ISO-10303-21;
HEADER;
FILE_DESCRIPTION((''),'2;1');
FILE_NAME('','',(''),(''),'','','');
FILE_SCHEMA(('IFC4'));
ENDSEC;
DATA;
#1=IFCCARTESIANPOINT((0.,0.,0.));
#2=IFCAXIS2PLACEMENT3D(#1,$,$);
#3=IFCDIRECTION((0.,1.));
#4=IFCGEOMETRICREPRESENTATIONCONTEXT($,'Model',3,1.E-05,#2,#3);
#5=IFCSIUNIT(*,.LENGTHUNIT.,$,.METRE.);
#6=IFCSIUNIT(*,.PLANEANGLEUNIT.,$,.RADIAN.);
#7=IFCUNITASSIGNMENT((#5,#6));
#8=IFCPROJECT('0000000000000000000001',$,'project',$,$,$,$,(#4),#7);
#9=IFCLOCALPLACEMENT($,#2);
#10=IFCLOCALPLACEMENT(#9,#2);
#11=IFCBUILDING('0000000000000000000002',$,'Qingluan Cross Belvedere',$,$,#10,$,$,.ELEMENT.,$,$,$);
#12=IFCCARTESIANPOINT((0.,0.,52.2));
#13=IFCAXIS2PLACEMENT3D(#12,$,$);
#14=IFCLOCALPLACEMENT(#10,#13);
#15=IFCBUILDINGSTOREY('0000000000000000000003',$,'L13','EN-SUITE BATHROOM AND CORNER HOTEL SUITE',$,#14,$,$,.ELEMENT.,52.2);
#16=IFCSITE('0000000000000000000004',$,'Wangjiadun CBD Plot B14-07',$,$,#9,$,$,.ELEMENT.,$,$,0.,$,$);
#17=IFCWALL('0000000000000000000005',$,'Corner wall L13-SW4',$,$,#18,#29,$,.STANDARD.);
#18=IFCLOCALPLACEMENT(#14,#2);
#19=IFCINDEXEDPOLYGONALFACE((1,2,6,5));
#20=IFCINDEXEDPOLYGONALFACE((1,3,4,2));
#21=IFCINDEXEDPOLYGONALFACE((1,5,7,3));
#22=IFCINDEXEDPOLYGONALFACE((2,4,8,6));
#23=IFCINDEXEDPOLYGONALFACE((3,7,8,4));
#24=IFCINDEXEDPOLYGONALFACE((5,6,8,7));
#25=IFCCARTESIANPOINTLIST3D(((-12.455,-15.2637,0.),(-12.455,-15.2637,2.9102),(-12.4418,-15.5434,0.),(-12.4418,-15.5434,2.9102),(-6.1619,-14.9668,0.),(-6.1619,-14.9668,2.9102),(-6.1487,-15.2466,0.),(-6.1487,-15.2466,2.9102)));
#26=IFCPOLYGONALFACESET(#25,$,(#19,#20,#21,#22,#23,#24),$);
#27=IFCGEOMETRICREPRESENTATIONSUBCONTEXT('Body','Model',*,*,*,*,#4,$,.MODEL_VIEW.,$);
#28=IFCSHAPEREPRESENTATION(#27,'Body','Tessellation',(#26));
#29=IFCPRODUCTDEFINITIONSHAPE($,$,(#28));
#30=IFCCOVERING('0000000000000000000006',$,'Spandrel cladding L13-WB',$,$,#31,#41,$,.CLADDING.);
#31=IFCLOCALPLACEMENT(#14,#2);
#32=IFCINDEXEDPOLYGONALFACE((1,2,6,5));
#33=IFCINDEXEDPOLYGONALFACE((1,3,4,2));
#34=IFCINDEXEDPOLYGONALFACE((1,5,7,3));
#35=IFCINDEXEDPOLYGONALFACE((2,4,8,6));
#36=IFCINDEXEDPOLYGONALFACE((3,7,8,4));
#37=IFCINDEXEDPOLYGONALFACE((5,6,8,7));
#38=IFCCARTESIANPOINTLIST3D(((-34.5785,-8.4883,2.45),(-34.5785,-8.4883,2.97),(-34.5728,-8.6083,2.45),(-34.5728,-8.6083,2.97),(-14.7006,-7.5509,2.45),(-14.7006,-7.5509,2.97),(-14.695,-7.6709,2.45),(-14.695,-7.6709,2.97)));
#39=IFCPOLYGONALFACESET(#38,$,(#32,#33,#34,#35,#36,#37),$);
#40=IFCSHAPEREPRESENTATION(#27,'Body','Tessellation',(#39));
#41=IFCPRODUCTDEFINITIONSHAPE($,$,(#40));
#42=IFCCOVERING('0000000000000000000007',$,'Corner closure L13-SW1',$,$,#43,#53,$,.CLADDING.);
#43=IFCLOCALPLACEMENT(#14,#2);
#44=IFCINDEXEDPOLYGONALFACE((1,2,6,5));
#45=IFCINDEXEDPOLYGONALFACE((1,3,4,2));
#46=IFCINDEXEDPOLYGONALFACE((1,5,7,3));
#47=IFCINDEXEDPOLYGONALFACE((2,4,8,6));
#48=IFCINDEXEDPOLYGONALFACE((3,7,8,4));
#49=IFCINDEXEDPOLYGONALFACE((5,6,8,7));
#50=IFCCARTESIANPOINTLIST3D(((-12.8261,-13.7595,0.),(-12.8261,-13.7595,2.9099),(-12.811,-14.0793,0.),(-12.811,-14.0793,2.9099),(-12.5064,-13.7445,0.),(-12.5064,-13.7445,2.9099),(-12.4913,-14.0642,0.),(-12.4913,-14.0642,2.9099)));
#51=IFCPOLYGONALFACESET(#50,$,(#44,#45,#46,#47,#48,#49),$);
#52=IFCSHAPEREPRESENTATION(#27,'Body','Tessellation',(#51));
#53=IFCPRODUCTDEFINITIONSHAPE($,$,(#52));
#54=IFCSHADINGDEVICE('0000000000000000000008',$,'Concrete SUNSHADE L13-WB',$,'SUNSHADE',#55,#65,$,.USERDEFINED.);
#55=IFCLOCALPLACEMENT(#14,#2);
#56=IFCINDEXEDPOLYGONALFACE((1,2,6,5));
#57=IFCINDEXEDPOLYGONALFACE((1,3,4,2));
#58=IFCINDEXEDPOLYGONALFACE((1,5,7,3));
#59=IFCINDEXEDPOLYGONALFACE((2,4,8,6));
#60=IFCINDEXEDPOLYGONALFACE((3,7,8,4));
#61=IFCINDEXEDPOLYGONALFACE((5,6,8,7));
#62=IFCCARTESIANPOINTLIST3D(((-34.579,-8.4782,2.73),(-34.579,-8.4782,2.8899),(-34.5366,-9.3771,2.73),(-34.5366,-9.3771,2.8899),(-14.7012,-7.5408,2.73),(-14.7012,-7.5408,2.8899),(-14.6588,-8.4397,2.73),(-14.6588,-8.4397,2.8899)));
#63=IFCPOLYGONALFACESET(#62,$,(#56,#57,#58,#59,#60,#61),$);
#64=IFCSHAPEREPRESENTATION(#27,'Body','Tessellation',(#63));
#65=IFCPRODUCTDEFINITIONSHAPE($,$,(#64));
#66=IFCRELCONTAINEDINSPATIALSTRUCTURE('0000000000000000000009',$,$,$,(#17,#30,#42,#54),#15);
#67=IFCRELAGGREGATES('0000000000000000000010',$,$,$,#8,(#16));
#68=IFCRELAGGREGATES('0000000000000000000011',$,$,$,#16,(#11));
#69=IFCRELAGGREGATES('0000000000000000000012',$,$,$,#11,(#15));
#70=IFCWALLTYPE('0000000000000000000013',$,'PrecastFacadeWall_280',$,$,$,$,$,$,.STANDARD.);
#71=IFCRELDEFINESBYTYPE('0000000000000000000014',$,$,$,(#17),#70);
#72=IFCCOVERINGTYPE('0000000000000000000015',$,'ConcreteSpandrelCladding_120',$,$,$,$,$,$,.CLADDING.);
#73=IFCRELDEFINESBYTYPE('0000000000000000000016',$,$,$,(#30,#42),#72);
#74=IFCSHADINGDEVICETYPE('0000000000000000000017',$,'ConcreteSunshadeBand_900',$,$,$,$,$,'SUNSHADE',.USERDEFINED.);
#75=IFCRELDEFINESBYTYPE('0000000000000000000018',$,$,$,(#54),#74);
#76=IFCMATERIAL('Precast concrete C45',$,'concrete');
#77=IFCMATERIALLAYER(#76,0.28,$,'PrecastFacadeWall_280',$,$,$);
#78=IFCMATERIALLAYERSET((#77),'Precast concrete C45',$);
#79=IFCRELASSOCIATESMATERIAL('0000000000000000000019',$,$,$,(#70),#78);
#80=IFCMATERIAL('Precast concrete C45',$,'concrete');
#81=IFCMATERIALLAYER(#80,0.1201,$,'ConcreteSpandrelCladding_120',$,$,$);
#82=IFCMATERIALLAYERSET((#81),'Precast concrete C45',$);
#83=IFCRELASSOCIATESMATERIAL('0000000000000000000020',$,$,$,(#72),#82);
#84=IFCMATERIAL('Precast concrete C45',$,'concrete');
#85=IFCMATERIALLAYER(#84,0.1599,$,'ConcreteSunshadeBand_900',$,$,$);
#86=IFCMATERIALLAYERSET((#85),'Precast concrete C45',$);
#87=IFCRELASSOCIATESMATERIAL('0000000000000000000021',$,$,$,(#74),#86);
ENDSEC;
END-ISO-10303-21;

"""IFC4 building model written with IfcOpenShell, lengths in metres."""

from ifc_helpers import new_model, si_unit, direction, frame, frame_2d, origin, origin_2d, place, context, subcontext, project, spatial, rectangle, extrude, material, layer, layer_set, type_object, element, save


model = new_model("IFC4")

# Units and contexts
model_context = context("Model", 3, precision=1e-05, world=origin(), true_north=direction((0.0, 1.0)))
body_context = subcontext(model_context, "Body", "Model", "MODEL_VIEW")
ifc_project = project(units=[si_unit("LENGTHUNIT", "METRE"), si_unit("PLANEANGLEUNIT", "RADIAN")], contexts=[model_context])

# Site, building, storey
site_placement = place(None, origin())
site = spatial("IfcSite", under=ifc_project, at=site_placement, Name="Wangjiadun CBD Plot B14-07", CompositionType="ELEMENT", RefElevation=0.0)
building_placement = place(site_placement, origin())
building = spatial("IfcBuilding", under=site, at=building_placement, Name="Qingluan Cross Belvedere", CompositionType="ELEMENT")
storey_placement = place(building_placement, frame((0.0, 0.0, 52.2)))
storey = spatial("IfcBuildingStorey", under=building, at=storey_placement, Name="L13", Description="EN-SUITE BATHROOM AND CORNER HOTEL SUITE", CompositionType="ELEMENT", Elevation=52.2)

# Shared definitions
ifc_material_1 = material(Name="Precast concrete C45", Category="concrete")
ifc_layer_1 = layer(ifc_material_1, 0.28, Name="PrecastFacadeWall_280")
ifc_layer_set_1 = layer_set([ifc_layer_1], Name="Precast concrete C45")
wall_type_1 = type_object("IfcWallType", Name="PrecastFacadeWall_280", PredefinedType="STANDARD", material=ifc_layer_set_1)

# Wall
wall_1_placement = place(storey_placement, frame((-12.4482, -15.4036, 0.0), z_axis=(0.0, 0.0, 1.0), x_axis=(0.998889, 0.047123, 0.0)))
element("IfcWall", 1, at=wall_1_placement, inside=storey, type_object=wall_type_1, Name="Corner wall L13-SW4", PredefinedType="STANDARD", context=body_context, shape_type="SweptSolid", body=[
    extrude(rectangle(XDim=6.3, YDim=0.28, at=frame_2d((3.1499, 0.0))), origin(), (0.0, 0.0, 1.0), 2.9102),
])

# Coverings
ifc_material_2 = material(Name="Precast concrete C45", Category="concrete")
ifc_layer_2 = layer(ifc_material_2, 0.1201, Name="ConcreteSpandrelCladding_120")
ifc_layer_set_2 = layer_set([ifc_layer_2], Name="Precast concrete C45")
covering_type_1 = type_object("IfcCoveringType", Name="ConcreteSpandrelCladding_120", PredefinedType="CLADDING", material=ifc_layer_set_2)
covering_1_placement = place(storey_placement, frame((-24.6367, -8.0796, 2.45), z_axis=(0.0, 0.0, 1.0), x_axis=(0.99889, 0.047105, 0.0)))
element("IfcCovering", 2, at=covering_1_placement, inside=storey, type_object=covering_type_1, Name="Spandrel cladding L13-WB", PredefinedType="CLADDING", context=body_context, shape_type="SweptSolid", body=[
    extrude(rectangle(XDim=19.8999, YDim=0.1201, at=origin_2d()), origin(), (0.0, 0.0, 1.0), 0.52),
])
covering_2_placement = place(storey_placement, frame((-12.6587, -13.9119, 0.0), z_axis=(0.0, 0.0, 1.0), x_axis=(0.99889, 0.047106, 0.0)))
element("IfcCovering", 3, at=covering_2_placement, inside=storey, type_object=covering_type_1, Name="Corner closure L13-SW1", PredefinedType="CLADDING", context=body_context, shape_type="SweptSolid", body=[
    extrude(rectangle(XDim=0.3201, YDim=0.3201, at=origin_2d()), origin(), (0.0, 0.0, 1.0), 2.9099),
])

# Shading device
ifc_material_3 = material(Name="Precast concrete C45", Category="concrete")
ifc_layer_3 = layer(ifc_material_3, 0.1599, Name="ConcreteSunshadeBand_900")
ifc_layer_set_3 = layer_set([ifc_layer_3], Name="Precast concrete C45")
shading_device_type = type_object("IfcShadingDeviceType", Name="ConcreteSunshadeBand_900", ElementType="SUNSHADE", PredefinedType="USERDEFINED", material=ifc_layer_set_3)
shading_device_placement = place(storey_placement, frame((-24.6189, -8.459, 2.73), z_axis=(0.0, 0.0, 1.0), x_axis=(0.99889, 0.047105, 0.0)))
element("IfcShadingDevice", 4, at=shading_device_placement, inside=storey, type_object=shading_device_type, Name="Concrete SUNSHADE L13-WB", ObjectType="SUNSHADE", PredefinedType="USERDEFINED", context=body_context, shape_type="SweptSolid", body=[
    extrude(rectangle(XDim=19.8999, YDim=0.8999, at=origin_2d()), origin(), (0.0, 0.0, 1.0), 0.1599),
])

save(model, "model.ifc")
